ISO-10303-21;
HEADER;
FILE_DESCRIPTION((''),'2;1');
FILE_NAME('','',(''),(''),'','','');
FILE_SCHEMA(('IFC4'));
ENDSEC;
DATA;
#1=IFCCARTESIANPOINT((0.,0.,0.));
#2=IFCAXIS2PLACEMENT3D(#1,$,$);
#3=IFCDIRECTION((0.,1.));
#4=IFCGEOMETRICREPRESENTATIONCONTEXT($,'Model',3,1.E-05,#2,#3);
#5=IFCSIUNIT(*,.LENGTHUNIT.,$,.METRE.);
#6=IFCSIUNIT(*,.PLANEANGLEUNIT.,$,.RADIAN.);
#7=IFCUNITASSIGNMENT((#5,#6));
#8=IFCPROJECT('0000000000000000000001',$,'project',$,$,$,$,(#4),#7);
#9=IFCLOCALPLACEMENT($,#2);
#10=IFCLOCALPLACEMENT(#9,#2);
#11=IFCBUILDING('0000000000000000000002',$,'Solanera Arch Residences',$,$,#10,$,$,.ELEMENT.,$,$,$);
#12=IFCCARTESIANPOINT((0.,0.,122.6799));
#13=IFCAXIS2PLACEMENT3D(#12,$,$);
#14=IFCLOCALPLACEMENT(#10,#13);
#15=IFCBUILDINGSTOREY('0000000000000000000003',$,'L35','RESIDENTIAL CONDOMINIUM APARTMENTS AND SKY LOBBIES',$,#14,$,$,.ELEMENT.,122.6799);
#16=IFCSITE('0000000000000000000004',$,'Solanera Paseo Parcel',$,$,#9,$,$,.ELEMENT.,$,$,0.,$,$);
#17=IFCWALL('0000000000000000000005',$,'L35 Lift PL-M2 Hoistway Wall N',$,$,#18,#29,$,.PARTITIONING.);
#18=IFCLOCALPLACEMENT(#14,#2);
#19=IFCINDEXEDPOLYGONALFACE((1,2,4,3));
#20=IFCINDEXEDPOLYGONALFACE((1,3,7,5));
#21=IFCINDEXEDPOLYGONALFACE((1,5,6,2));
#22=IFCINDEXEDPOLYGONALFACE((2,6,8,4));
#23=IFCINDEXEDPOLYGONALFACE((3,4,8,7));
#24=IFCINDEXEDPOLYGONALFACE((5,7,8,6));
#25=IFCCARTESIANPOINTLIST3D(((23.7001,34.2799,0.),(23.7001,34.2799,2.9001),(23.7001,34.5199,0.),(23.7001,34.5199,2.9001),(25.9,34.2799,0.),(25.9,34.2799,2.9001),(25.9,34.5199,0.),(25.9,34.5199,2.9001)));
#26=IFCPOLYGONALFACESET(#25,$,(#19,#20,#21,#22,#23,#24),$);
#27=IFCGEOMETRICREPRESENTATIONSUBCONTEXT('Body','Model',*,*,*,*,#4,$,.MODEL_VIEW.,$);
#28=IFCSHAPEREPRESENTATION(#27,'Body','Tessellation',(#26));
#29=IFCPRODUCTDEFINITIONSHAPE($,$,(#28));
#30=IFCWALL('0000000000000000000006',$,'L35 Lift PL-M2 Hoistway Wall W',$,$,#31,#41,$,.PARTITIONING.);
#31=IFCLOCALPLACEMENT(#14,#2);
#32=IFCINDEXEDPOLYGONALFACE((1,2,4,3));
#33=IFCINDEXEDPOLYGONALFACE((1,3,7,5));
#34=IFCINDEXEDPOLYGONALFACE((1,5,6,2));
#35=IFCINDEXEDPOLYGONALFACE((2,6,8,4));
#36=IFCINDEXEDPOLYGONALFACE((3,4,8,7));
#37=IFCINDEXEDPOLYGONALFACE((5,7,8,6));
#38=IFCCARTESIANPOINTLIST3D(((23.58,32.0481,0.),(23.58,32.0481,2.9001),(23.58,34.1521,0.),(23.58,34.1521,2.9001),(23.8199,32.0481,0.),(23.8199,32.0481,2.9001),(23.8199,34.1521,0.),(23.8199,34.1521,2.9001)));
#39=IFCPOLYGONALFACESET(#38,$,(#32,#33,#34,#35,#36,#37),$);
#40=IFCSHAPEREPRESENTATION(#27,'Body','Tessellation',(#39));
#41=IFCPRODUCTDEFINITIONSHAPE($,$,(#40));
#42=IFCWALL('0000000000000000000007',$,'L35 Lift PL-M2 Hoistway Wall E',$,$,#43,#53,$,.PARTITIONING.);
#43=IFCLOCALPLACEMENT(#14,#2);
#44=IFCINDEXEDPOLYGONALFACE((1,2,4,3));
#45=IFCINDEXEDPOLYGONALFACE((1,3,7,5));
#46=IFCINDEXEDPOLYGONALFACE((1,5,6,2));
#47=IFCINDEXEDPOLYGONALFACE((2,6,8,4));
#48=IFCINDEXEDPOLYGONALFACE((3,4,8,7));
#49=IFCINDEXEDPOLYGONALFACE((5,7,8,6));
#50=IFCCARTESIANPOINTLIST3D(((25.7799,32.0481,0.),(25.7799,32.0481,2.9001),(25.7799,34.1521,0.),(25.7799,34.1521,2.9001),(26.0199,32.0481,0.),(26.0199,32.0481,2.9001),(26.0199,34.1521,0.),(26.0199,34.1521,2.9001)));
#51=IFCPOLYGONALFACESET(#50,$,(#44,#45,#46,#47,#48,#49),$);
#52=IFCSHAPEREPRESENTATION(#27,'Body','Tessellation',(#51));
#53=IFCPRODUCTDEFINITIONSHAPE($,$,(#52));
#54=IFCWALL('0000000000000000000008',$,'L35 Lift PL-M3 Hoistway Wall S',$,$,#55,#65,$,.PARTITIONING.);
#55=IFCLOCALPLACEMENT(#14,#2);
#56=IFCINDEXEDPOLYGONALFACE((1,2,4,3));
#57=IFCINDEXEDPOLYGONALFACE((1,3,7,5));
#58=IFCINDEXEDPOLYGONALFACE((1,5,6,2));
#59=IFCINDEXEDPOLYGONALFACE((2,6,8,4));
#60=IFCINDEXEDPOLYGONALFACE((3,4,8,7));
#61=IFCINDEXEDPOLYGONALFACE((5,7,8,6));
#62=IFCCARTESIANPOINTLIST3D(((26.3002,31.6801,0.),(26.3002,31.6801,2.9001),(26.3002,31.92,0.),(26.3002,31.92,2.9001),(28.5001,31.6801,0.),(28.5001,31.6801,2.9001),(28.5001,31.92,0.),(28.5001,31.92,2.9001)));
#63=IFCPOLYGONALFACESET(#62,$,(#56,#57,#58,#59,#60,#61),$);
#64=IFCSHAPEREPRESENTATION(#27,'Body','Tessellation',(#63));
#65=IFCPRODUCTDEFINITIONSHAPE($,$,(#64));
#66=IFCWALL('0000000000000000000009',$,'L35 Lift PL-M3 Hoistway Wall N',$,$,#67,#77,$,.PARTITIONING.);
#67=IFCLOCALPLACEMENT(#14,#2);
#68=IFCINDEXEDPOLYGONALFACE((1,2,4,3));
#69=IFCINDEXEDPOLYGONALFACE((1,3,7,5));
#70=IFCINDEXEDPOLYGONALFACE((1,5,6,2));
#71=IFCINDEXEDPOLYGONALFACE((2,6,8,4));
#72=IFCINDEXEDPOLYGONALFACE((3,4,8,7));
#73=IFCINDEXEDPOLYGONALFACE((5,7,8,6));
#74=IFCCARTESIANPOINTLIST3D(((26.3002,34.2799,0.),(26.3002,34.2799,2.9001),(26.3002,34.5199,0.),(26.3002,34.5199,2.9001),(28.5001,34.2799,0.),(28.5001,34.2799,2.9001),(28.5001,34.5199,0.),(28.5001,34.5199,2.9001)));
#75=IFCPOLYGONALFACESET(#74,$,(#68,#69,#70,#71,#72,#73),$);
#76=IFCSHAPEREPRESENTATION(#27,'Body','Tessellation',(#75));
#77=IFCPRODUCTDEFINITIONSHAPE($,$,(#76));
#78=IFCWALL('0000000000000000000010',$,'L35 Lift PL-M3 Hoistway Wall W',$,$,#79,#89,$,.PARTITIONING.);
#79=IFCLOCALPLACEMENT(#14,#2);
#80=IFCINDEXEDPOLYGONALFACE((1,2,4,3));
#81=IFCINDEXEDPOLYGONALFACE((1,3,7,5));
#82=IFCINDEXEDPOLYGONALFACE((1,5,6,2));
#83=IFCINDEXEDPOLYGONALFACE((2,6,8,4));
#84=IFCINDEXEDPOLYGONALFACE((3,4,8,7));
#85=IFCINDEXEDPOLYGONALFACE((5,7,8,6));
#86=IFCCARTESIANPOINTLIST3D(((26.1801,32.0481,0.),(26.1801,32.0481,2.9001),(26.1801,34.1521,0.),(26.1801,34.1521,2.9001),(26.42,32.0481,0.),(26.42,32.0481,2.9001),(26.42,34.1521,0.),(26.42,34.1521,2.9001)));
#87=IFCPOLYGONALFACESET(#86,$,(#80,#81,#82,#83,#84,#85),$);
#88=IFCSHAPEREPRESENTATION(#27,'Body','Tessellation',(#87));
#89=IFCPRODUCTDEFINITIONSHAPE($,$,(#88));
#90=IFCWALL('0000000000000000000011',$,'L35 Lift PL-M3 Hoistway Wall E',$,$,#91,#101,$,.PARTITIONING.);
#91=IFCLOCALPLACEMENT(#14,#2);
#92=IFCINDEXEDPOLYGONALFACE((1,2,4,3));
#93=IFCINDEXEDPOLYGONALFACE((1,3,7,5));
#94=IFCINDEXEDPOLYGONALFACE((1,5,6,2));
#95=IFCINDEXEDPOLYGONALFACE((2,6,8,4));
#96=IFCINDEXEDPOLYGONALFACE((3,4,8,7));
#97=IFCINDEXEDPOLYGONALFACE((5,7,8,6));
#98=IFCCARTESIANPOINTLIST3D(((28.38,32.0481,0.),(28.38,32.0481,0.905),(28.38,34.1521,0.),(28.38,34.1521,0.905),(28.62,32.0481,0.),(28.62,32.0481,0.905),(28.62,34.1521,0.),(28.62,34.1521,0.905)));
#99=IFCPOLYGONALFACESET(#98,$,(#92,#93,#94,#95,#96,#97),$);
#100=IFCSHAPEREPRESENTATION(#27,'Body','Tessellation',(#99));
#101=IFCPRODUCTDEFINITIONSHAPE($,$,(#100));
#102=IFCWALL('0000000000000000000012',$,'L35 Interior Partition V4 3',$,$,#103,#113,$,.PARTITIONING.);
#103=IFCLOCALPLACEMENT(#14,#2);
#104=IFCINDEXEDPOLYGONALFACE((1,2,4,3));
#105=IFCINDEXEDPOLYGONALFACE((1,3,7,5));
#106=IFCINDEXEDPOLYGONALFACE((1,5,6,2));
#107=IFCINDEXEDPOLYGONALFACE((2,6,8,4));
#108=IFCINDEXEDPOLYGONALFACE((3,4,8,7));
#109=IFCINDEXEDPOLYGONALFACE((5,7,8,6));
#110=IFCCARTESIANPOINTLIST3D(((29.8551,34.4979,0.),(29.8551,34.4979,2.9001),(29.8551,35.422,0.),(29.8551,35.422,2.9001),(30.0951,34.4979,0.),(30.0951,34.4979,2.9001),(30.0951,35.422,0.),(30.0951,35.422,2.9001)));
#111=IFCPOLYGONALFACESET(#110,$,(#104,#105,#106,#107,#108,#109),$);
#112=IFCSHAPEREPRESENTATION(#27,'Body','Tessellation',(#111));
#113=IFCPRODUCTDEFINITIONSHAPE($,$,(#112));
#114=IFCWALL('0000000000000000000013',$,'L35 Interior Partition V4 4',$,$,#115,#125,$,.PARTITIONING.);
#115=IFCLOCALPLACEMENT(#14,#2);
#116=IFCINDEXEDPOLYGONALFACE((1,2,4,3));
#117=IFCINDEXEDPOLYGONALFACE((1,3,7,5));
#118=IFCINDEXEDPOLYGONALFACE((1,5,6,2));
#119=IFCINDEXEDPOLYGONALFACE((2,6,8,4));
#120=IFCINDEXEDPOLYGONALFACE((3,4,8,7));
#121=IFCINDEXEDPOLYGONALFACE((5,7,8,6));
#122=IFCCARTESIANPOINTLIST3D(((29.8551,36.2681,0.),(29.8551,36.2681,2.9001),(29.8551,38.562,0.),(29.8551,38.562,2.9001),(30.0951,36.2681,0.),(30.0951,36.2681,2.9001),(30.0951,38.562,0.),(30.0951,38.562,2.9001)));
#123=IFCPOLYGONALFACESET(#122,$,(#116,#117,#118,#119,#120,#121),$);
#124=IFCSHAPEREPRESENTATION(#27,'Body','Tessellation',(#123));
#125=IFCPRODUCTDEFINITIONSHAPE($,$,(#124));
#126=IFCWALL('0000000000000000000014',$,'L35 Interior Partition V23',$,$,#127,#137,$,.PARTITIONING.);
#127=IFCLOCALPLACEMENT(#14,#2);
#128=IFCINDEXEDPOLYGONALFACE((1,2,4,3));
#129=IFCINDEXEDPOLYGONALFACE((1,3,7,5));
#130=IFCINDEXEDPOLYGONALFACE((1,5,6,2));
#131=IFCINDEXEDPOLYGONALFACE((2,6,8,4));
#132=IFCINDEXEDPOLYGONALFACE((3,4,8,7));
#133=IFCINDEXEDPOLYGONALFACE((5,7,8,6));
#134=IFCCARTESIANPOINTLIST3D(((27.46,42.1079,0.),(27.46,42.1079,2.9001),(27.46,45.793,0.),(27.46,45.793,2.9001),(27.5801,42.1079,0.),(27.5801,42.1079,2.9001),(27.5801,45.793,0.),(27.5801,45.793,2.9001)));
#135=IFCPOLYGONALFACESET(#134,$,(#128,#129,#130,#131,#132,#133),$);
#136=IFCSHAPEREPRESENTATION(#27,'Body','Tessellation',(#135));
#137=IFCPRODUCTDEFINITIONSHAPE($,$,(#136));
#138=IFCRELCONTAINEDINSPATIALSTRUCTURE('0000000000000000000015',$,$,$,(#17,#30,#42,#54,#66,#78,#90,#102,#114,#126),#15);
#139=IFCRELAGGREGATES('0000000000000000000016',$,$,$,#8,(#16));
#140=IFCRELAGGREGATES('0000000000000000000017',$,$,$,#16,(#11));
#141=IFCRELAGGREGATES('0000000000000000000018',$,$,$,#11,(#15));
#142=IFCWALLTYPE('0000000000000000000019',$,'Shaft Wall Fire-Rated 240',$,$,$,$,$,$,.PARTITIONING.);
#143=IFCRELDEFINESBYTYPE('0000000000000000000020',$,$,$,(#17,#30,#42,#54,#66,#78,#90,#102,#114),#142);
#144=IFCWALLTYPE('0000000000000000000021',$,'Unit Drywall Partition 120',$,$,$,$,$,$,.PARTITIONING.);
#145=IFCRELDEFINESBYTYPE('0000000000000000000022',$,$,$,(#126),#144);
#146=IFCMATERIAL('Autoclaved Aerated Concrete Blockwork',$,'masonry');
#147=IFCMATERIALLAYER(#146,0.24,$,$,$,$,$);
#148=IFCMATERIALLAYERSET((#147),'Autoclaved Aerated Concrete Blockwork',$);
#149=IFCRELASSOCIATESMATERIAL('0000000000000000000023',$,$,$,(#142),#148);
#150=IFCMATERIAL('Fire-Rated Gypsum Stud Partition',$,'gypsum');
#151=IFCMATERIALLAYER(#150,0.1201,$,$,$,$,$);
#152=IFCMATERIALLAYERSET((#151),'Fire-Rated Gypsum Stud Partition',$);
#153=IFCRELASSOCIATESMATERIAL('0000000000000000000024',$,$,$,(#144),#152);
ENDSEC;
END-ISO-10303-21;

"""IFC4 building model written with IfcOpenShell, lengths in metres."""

from ifc_helpers import new_model, si_unit, direction, frame, frame_2d, origin, place, context, subcontext, project, spatial, rectangle, extrude, material, layer, layer_set, type_object, element, save


model = new_model("IFC4")

# Units and contexts
model_context = context("Model", 3, precision=1e-05, world=origin(), true_north=direction((0.0, 1.0)))
body_context = subcontext(model_context, "Body", "Model", "MODEL_VIEW")
ifc_project = project(units=[si_unit("LENGTHUNIT", "METRE"), si_unit("PLANEANGLEUNIT", "RADIAN")], contexts=[model_context])

# Site, building, storey
site_placement = place(None, origin())
site = spatial("IfcSite", under=ifc_project, at=site_placement, Name="Solanera Paseo Parcel", CompositionType="ELEMENT", RefElevation=0.0)
building_placement = place(site_placement, origin())
building = spatial("IfcBuilding", under=site, at=building_placement, Name="Solanera Arch Residences", CompositionType="ELEMENT")
storey_placement = place(building_placement, frame((0.0, 0.0, 122.6799)))
storey = spatial("IfcBuildingStorey", under=building, at=storey_placement, Name="L35", Description="RESIDENTIAL CONDOMINIUM APARTMENTS AND SKY LOBBIES", CompositionType="ELEMENT", Elevation=122.6799)

# Walls
ifc_material_1 = material(Name="Autoclaved Aerated Concrete Blockwork", Category="masonry")
ifc_layer_1 = layer(ifc_material_1, 0.24)
ifc_layer_set_1 = layer_set([ifc_layer_1], Name="Autoclaved Aerated Concrete Blockwork")
wall_type_1 = type_object("IfcWallType", Name="Shaft Wall Fire-Rated 240", PredefinedType="PARTITIONING", material=ifc_layer_set_1)
for number, where, z_axis, x_axis, name in (
    (1, (23.7, 34.3999, 0.0), (0.0, 0.0, 1.0), (1.0, 0.0, 0.0), "L35 Lift PL-M2 Hoistway Wall N"),
):
    element("IfcWall", number, at=place(storey_placement, frame(where, z_axis=z_axis, x_axis=x_axis)), inside=storey, type_object=wall_type_1, Name=name, PredefinedType="PARTITIONING", context=body_context, shape_type="SweptSolid", body=[
        extrude(rectangle(XDim=2.2, YDim=0.24, at=frame_2d((1.1001, 0.0))), origin(), (0.0, 0.0, 1.0), 2.9001),
    ])
for number, where, z_axis, x_axis, name in (
    (2, (23.7, 32.0481, 0.0), (0.0, 0.0, 1.0), (0.0, 1.0, 0.0), "L35 Lift PL-M2 Hoistway Wall W"),
    (3, (25.8999, 32.0481, 0.0), (0.0, 0.0, 1.0), (0.0, 1.0, 0.0), "L35 Lift PL-M2 Hoistway Wall E"),
):
    element("IfcWall", number, at=place(storey_placement, frame(where, z_axis=z_axis, x_axis=x_axis)), inside=storey, type_object=wall_type_1, Name=name, PredefinedType="PARTITIONING", context=body_context, shape_type="SweptSolid", body=[
        extrude(rectangle(XDim=2.104, YDim=0.24, at=frame_2d((1.052, 0.0))), origin(), (0.0, 0.0, 1.0), 2.9001),
    ])
for number, where, z_axis, x_axis, name in (
    (4, (26.3, 31.8, 0.0), (0.0, 0.0, 1.0), (1.0, 0.0, 0.0), "L35 Lift PL-M3 Hoistway Wall S"),
    (5, (26.3, 34.3999, 0.0), (0.0, 0.0, 1.0), (1.0, 0.0, 0.0), "L35 Lift PL-M3 Hoistway Wall N"),
):
    element("IfcWall", number, at=place(storey_placement, frame(where, z_axis=z_axis, x_axis=x_axis)), inside=storey, type_object=wall_type_1, Name=name, PredefinedType="PARTITIONING", context=body_context, shape_type="SweptSolid", body=[
        extrude(rectangle(XDim=2.2, YDim=0.24, at=frame_2d((1.1001, 0.0))), origin(), (0.0, 0.0, 1.0), 2.9001),
    ])
wall_1_placement = place(storey_placement, frame((26.3, 32.0481, 0.0), z_axis=(0.0, 0.0, 1.0), x_axis=(0.0, 1.0, 0.0)))
element("IfcWall", 6, at=wall_1_placement, inside=storey, type_object=wall_type_1, Name="L35 Lift PL-M3 Hoistway Wall W", PredefinedType="PARTITIONING", context=body_context, shape_type="SweptSolid", body=[
    extrude(rectangle(XDim=2.104, YDim=0.24, at=frame_2d((1.052, 0.0))), origin(), (0.0, 0.0, 1.0), 2.9001),
])
wall_2_placement = place(storey_placement, frame((28.5, 32.0481, 0.0), z_axis=(0.0, 0.0, 1.0), x_axis=(0.0, 1.0, 0.0)))
element("IfcWall", 7, at=wall_2_placement, inside=storey, type_object=wall_type_1, Name="L35 Lift PL-M3 Hoistway Wall E", PredefinedType="PARTITIONING", context=body_context, shape_type="SweptSolid", body=[
    extrude(rectangle(XDim=2.104, YDim=0.24, at=frame_2d((1.052, 0.0))), origin(), (0.0, 0.0, 1.0), 0.905),
])

# Walls
wall_3_placement = place(storey_placement, frame((29.9751, 34.498, 0.0), z_axis=(0.0, 0.0, 1.0), x_axis=(0.0, 1.0, 0.0)))
element("IfcWall", 8, at=wall_3_placement, inside=storey, type_object=wall_type_1, Name="L35 Interior Partition V4 3", PredefinedType="PARTITIONING", context=body_context, shape_type="SweptSolid", body=[
    extrude(rectangle(XDim=0.9241, YDim=0.24, at=frame_2d((0.4619, 0.0))), origin(), (0.0, 0.0, 1.0), 2.9001),
])
wall_4_placement = place(storey_placement, frame((29.9751, 36.2681, 0.0), z_axis=(0.0, 0.0, 1.0), x_axis=(0.0, 1.0, 0.0)))
element("IfcWall", 9, at=wall_4_placement, inside=storey, type_object=wall_type_1, Name="L35 Interior Partition V4 4", PredefinedType="PARTITIONING", context=body_context, shape_type="SweptSolid", body=[
    extrude(rectangle(XDim=2.2939, YDim=0.24, at=frame_2d((1.147, 0.0))), origin(), (0.0, 0.0, 1.0), 2.9001),
])
ifc_material_2 = material(Name="Fire-Rated Gypsum Stud Partition", Category="gypsum")
ifc_layer_2 = layer(ifc_material_2, 0.1201)
ifc_layer_set_2 = layer_set([ifc_layer_2], Name="Fire-Rated Gypsum Stud Partition")
wall_type_2 = type_object("IfcWallType", Name="Unit Drywall Partition 120", PredefinedType="PARTITIONING", material=ifc_layer_set_2)
wall_5_placement = place(storey_placement, frame((27.52, 42.1079, 0.0), z_axis=(0.0, 0.0, 1.0), x_axis=(0.0, 1.0, 0.0)))
element("IfcWall", 10, at=wall_5_placement, inside=storey, type_object=wall_type_2, Name="L35 Interior Partition V23", PredefinedType="PARTITIONING", context=body_context, shape_type="SweptSolid", body=[
    extrude(rectangle(XDim=3.6851, YDim=0.1201, at=frame_2d((1.8425, 0.0))), origin(), (0.0, 0.0, 1.0), 2.9001),
])

save(model, "model.ifc")
